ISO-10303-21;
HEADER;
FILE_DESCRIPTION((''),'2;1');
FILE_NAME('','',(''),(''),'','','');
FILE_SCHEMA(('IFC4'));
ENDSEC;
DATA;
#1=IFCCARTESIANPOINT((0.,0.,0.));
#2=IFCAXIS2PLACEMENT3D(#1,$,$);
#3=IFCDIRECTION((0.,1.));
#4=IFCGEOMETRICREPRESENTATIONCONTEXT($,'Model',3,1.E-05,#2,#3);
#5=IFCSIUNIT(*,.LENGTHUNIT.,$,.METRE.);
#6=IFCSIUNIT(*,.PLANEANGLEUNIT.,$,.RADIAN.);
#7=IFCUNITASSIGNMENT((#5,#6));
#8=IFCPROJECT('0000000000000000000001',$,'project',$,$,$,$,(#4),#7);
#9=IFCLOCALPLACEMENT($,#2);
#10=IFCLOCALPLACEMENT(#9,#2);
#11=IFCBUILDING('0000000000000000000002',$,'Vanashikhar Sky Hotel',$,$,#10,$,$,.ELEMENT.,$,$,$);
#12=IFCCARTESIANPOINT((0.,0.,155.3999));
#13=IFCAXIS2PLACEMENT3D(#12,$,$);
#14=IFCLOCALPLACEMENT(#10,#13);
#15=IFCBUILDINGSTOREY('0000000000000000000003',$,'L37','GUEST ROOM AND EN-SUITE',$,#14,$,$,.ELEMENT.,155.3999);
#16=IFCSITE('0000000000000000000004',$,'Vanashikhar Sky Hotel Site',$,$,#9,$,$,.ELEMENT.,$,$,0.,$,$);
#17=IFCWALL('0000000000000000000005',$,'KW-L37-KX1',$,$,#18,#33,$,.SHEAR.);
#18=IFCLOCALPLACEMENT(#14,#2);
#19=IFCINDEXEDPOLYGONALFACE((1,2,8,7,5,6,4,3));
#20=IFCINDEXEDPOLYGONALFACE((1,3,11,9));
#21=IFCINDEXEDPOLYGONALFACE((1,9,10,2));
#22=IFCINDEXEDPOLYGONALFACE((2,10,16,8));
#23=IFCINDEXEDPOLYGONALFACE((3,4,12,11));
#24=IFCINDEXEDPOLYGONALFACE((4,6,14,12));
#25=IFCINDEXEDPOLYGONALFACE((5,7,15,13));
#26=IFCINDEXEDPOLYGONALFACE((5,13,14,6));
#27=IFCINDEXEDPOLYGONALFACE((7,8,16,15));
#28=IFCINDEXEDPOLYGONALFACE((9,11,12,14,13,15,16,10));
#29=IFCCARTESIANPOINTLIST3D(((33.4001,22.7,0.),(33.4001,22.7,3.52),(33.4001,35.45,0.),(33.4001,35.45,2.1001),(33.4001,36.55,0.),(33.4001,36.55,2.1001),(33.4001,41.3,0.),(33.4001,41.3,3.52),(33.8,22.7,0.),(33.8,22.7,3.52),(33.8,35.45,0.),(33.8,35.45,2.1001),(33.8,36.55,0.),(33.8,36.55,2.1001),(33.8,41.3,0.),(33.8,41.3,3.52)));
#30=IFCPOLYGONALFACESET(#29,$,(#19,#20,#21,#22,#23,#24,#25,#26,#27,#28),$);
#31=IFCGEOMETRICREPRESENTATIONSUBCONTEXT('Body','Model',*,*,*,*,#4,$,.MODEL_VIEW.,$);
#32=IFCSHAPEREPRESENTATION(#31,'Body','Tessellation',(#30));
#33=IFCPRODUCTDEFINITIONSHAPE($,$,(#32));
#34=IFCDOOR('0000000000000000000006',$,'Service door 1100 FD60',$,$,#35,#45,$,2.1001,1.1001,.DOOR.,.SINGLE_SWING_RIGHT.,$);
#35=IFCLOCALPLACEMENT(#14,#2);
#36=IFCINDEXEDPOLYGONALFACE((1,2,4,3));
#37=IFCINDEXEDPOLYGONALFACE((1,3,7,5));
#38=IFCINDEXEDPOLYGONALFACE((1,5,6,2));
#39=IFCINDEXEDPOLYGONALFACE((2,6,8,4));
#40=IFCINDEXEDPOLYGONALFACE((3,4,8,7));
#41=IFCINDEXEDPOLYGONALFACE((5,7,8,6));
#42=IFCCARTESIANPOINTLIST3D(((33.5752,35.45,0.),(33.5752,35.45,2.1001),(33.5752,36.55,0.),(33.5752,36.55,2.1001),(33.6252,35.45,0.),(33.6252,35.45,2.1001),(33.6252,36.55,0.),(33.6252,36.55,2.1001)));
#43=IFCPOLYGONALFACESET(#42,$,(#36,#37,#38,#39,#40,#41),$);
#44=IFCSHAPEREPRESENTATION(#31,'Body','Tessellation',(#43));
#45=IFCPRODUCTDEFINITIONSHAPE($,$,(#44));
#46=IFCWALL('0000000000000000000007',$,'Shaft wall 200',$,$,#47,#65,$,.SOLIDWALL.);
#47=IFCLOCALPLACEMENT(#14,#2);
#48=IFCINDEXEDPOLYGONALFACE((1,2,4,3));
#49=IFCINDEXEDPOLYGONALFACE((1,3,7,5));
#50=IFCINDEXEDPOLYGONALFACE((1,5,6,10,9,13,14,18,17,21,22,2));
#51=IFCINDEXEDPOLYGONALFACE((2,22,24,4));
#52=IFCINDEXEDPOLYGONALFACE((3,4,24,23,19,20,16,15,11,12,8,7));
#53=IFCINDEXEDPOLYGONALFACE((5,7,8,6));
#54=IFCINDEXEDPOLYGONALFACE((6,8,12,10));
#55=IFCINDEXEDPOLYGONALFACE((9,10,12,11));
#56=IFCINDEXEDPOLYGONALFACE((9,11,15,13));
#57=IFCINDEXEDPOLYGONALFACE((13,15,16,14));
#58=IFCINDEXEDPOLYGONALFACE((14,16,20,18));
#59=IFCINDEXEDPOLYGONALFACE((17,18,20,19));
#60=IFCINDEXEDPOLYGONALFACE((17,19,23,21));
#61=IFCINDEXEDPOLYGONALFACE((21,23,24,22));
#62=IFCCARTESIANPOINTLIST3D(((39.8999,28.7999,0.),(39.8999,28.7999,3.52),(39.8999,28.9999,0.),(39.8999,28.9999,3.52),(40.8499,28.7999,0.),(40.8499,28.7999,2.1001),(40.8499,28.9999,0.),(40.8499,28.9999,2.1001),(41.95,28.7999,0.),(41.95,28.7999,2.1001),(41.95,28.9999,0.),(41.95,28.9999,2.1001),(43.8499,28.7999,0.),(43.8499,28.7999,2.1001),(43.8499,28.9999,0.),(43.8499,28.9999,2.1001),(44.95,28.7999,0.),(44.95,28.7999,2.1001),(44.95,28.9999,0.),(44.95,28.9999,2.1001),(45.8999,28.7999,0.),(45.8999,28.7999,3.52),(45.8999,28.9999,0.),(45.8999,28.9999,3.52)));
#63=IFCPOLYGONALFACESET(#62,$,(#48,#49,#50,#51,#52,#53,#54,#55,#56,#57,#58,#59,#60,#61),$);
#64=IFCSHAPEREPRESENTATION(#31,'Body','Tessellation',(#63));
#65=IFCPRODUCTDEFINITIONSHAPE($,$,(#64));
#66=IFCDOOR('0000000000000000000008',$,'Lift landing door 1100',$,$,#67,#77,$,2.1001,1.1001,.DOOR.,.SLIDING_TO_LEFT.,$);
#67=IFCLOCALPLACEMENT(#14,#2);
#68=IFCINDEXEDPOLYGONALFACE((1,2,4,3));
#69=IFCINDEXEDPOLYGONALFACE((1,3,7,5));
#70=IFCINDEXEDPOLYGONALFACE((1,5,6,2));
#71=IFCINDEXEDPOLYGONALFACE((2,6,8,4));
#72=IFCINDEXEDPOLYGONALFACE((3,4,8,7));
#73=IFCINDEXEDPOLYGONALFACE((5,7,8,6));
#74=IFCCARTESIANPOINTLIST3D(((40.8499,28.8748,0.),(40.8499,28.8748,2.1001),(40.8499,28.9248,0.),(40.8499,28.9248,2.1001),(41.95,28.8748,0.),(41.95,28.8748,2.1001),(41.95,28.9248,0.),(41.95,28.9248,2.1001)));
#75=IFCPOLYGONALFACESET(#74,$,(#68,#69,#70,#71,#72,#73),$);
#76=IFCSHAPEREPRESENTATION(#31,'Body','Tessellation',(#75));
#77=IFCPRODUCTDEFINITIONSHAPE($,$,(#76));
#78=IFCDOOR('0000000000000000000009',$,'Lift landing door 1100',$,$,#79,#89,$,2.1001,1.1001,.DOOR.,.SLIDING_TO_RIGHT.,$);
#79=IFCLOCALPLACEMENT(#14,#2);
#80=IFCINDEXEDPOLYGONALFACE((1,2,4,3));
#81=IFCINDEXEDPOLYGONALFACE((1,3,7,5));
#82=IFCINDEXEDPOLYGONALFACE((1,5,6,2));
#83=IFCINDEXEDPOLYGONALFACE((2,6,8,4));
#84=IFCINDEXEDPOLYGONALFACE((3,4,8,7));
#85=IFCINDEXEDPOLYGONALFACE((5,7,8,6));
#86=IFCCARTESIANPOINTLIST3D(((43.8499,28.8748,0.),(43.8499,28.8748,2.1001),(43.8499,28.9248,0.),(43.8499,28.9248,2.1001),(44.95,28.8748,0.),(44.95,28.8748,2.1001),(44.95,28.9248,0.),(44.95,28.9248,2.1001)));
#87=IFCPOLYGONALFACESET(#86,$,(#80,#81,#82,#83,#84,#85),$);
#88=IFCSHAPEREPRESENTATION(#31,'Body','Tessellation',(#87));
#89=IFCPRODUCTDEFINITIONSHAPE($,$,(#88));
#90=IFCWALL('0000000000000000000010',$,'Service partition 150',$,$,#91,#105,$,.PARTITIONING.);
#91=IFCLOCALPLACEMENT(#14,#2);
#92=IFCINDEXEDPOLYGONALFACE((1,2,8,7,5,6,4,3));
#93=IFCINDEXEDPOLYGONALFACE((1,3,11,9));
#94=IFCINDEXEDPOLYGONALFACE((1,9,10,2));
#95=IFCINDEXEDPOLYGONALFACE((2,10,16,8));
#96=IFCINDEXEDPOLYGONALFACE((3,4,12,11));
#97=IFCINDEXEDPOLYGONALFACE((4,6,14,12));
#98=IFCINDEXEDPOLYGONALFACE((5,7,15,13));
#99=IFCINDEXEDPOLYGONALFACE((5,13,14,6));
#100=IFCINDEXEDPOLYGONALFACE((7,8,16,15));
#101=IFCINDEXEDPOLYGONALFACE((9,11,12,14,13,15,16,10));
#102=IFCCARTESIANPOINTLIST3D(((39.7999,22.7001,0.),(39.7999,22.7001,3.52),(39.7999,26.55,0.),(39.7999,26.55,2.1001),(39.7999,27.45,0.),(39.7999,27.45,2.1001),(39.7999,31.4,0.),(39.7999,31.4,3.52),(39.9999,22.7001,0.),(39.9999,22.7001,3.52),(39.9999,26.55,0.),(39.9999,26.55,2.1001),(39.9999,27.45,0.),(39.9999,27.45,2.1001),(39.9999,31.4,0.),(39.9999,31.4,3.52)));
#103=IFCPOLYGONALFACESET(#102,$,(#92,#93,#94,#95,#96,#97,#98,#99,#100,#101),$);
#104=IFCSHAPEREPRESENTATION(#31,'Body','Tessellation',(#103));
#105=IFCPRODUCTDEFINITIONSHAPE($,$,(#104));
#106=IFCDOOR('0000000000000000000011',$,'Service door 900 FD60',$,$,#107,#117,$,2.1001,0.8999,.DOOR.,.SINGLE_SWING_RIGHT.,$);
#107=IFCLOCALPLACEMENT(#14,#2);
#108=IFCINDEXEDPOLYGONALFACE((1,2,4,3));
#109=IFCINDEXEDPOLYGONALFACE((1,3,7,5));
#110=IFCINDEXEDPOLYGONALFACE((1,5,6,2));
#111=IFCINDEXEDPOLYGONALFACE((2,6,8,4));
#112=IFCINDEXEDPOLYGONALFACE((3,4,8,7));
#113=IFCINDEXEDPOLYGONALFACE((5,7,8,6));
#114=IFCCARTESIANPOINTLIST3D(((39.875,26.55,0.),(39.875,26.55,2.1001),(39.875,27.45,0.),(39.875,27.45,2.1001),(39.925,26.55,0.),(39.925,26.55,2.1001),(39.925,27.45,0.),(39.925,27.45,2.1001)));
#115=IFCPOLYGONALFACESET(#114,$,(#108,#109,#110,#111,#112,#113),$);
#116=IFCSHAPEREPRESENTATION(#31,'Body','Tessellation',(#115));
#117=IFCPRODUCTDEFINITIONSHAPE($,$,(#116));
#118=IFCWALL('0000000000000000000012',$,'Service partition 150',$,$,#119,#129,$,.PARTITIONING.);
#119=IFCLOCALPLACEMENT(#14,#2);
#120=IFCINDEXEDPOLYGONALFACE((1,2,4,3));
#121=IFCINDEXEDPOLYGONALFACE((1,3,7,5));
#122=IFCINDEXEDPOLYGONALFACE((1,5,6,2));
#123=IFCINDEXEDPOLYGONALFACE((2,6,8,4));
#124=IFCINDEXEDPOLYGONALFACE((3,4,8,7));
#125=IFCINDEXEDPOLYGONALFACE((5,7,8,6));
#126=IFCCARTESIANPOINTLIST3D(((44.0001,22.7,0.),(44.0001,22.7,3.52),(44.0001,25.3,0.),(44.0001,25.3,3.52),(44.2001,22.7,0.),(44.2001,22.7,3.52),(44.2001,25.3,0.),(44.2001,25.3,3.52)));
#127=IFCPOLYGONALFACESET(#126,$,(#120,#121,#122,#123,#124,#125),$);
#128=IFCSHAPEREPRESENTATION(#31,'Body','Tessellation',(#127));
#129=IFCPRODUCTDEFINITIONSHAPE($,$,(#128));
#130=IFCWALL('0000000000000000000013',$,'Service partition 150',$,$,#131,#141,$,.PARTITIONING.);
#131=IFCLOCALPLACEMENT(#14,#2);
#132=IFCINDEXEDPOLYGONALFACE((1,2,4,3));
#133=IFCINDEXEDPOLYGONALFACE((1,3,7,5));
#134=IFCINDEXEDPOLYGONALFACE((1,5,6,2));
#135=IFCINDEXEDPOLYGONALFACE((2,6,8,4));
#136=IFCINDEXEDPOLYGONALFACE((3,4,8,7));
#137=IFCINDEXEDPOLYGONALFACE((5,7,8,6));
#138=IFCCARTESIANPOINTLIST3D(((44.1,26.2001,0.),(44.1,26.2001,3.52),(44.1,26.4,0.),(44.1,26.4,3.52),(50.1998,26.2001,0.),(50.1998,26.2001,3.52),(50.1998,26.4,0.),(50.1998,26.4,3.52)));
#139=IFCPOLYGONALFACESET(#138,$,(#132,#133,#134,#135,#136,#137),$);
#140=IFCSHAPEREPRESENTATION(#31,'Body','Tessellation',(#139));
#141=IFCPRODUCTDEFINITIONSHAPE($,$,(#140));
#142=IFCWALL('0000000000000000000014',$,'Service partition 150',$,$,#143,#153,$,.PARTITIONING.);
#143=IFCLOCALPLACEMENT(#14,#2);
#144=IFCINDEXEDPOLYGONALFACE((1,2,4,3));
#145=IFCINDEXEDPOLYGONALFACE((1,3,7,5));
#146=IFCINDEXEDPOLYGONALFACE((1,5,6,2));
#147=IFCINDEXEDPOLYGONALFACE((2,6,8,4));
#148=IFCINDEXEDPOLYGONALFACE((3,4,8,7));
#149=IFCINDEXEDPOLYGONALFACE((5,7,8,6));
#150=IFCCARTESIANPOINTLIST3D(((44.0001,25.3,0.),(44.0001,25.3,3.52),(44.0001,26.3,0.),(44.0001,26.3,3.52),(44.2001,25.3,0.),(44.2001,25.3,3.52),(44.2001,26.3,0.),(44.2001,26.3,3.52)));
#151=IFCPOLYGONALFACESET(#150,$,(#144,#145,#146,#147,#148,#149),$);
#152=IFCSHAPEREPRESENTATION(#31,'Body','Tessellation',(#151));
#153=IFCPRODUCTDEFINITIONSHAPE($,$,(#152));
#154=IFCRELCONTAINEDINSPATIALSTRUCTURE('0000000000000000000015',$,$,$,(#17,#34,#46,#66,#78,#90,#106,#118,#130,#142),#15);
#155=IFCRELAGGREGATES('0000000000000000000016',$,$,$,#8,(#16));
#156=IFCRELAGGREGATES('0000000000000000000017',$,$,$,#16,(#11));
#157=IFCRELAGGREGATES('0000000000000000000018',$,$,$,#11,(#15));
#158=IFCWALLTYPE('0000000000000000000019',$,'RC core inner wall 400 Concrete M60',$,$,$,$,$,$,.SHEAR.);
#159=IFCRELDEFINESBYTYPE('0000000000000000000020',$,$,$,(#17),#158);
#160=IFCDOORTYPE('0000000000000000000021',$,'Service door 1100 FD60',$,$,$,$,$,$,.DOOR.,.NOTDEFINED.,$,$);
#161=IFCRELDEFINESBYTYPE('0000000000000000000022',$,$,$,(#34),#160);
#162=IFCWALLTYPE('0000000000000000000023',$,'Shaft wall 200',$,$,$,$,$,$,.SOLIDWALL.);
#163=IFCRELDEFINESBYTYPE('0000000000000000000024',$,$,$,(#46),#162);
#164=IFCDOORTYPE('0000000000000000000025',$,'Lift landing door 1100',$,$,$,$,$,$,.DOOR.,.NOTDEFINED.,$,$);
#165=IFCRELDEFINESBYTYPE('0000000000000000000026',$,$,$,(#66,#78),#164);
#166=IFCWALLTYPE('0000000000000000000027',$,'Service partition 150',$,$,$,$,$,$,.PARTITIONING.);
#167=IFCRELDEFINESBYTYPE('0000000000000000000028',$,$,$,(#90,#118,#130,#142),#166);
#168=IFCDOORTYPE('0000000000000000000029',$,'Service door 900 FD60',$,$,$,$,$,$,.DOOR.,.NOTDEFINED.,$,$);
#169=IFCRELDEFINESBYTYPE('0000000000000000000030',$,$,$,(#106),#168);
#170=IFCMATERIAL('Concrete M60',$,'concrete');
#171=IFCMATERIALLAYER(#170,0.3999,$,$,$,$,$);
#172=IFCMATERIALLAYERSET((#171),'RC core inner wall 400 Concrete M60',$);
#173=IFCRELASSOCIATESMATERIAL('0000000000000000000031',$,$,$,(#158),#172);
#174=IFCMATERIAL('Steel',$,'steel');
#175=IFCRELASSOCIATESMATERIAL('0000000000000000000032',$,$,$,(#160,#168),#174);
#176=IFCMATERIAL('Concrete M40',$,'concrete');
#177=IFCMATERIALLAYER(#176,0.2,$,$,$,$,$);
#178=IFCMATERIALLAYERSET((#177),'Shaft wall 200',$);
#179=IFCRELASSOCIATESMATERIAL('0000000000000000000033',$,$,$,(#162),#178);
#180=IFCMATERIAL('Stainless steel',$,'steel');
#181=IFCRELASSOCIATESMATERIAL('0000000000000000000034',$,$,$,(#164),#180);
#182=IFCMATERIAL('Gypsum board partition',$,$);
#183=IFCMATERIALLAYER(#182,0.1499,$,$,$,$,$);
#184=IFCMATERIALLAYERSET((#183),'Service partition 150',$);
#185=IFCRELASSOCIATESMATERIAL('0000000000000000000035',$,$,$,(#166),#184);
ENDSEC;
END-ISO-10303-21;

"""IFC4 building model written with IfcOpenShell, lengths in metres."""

from ifc_helpers import new_model, si_unit, direction, frame, frame_2d, origin, place, context, subcontext, project, spatial, rectangle, extrude, source, transform, mapped, material, layer, layer_set, type_object, element, fill, save


model = new_model("IFC4")

# Units and contexts
model_context = context("Model", 3, precision=1e-05, world=origin(), true_north=direction((0.0, 1.0)))
body_context = subcontext(model_context, "Body", "Model", "MODEL_VIEW")
ifc_project = project(units=[si_unit("LENGTHUNIT", "METRE"), si_unit("PLANEANGLEUNIT", "RADIAN")], contexts=[model_context])

# Site, building, storey
site_placement = place(None, origin())
site = spatial("IfcSite", under=ifc_project, at=site_placement, Name="Vanashikhar Sky Hotel Site", CompositionType="ELEMENT", RefElevation=0.0)
building_placement = place(site_placement, origin())
building = spatial("IfcBuilding", under=site, at=building_placement, Name="Vanashikhar Sky Hotel", CompositionType="ELEMENT")
storey_placement = place(building_placement, frame((0.0, 0.0, 155.3999)))
storey = spatial("IfcBuildingStorey", under=building, at=storey_placement, Name="L37", Description="GUEST ROOM AND EN-SUITE", CompositionType="ELEMENT", Elevation=155.3999)

# Wall, opening, door
ifc_material_1 = material(Name="Concrete M60", Category="concrete")
ifc_layer_1 = layer(ifc_material_1, 0.3999)
ifc_layer_set_1 = layer_set([ifc_layer_1], Name="RC core inner wall 400 Concrete M60")
wall_type_1 = type_object("IfcWallType", Name="RC core inner wall 400 Concrete M60", PredefinedType="SHEAR", material=ifc_layer_set_1)
shared_shape_1 = source(origin(), body_context, "Body", "SweptSolid", [
    extrude(rectangle(XDim=18.6001, YDim=0.3999, at=frame_2d((9.3, 0.0))), origin(), (0.0, 0.0, 1.0), 3.52),
])
wall_1_placement = place(storey_placement, frame((33.6001, 22.7, 0.0), z_axis=(0.0, 0.0, 1.0), x_axis=(0.0, 1.0, 0.0)))
wall_1 = element("IfcWall", 1, at=wall_1_placement, inside=storey, type_object=wall_type_1, Name="KW-L37-KX1", PredefinedType="SHEAR", context=body_context, shape_type="MappedRepresentation", body=[
    mapped(shared_shape_1, transform((0.0, 0.0, 0.0), scale=1.0)),
])
shared_shape_2 = source(origin(), body_context, "Body", "SweptSolid", [
    extrude(rectangle(XDim=1.1001, YDim=2.1001, at=frame_2d((0.55, 1.05))), frame((0.0, 0.21, 0.0), z_axis=(0.0, -1.0, 0.0), x_axis=(1.0, 0.0, 0.0)), (0.0, 0.0, 1.0), 0.4199),
])
opening_1_placement = place(wall_1_placement, frame((12.75, 0.0, 0.0)))
opening_1 = element("IfcOpeningElement", 2, at=opening_1_placement, cuts=wall_1, PredefinedType="OPENING", context=body_context, shape_type="MappedRepresentation", body=[
    mapped(shared_shape_2, transform((0.0, 0.0, 0.0), scale=1.0)),
])
ifc_material_2 = material(Name="Steel", Category="steel")
door_type_1 = type_object("IfcDoorType", Name="Service door 1100 FD60", OperationType="NOTDEFINED", PredefinedType="DOOR", material=ifc_material_2)
shared_shape_3 = source(origin(), body_context, "Body", "SweptSolid", [
    extrude(rectangle(XDim=1.1001, YDim=2.1001, at=frame_2d((0.55, 1.05))), frame((0.0, 0.0249, 0.0), z_axis=(0.0, -1.0, 0.0), x_axis=(1.0, 0.0, 0.0)), (0.0, 0.0, 1.0), 0.05),
])
door_1_placement = place(opening_1_placement, origin())
door_1 = element("IfcDoor", 3, at=door_1_placement, inside=storey, type_object=door_type_1, Name="Service door 1100 FD60", OperationType="SINGLE_SWING_RIGHT", OverallHeight=2.1001, OverallWidth=1.1001, PredefinedType="DOOR", context=body_context, shape_type="MappedRepresentation", body=[
    mapped(shared_shape_3, transform((0.0, 0.0, 0.0), scale=1.0)),
])
fill(opening_1, door_1)

# Wall, openings, doors
ifc_material_3 = material(Name="Concrete M40", Category="concrete")
ifc_layer_2 = layer(ifc_material_3, 0.2)
ifc_layer_set_2 = layer_set([ifc_layer_2], Name="Shaft wall 200")
wall_type_2 = type_object("IfcWallType", Name="Shaft wall 200", PredefinedType="SOLIDWALL", material=ifc_layer_set_2)
shared_shape_4 = source(origin(), body_context, "Body", "SweptSolid", [
    extrude(rectangle(XDim=6.0, YDim=0.2, at=frame_2d((3.0, 0.0))), origin(), (0.0, 0.0, 1.0), 3.52),
])
wall_2_placement = place(storey_placement, frame((39.8999, 28.8999, 0.0), z_axis=(0.0, 0.0, 1.0), x_axis=(1.0, 0.0, 0.0)))
wall_2 = element("IfcWall", 4, at=wall_2_placement, inside=storey, type_object=wall_type_2, Name="Shaft wall 200", PredefinedType="SOLIDWALL", context=body_context, shape_type="MappedRepresentation", body=[
    mapped(shared_shape_4, transform((0.0, 0.0, 0.0), scale=1.0)),
])
shared_shape_5 = source(origin(), body_context, "Body", "SweptSolid", [
    extrude(rectangle(XDim=1.1001, YDim=2.1001, at=frame_2d((0.55, 1.05))), frame((0.0, 0.1099, 0.0), z_axis=(0.0, -1.0, 0.0), x_axis=(1.0, 0.0, 0.0)), (0.0, 0.0, 1.0), 0.22),
])
opening_2_placement = place(wall_2_placement, frame((0.95, 0.0, 0.0)))
opening_2 = element("IfcOpeningElement", 5, at=opening_2_placement, cuts=wall_2, PredefinedType="OPENING", context=body_context, shape_type="MappedRepresentation", body=[
    mapped(shared_shape_5, transform((0.0, 0.0, 0.0), scale=1.0)),
])
opening_3_placement = place(wall_2_placement, frame((3.95, 0.0, 0.0)))
opening_3 = element("IfcOpeningElement", 6, at=opening_3_placement, cuts=wall_2, PredefinedType="OPENING", context=body_context, shape_type="MappedRepresentation", body=[
    mapped(shared_shape_5, transform((0.0, 0.0, 0.0), scale=1.0)),
])
ifc_material_4 = material(Name="Stainless steel", Category="steel")
door_type_2 = type_object("IfcDoorType", Name="Lift landing door 1100", OperationType="NOTDEFINED", PredefinedType="DOOR", material=ifc_material_4)
door_2_placement = place(opening_2_placement, origin())
door_2 = element("IfcDoor", 7, at=door_2_placement, inside=storey, type_object=door_type_2, Name="Lift landing door 1100", OperationType="SLIDING_TO_LEFT", OverallHeight=2.1001, OverallWidth=1.1001, PredefinedType="DOOR", context=body_context, shape_type="MappedRepresentation", body=[
    mapped(shared_shape_3, transform((0.0, 0.0, 0.0), scale=1.0)),
])
fill(opening_2, door_2)
door_3_placement = place(opening_3_placement, origin())
door_3 = element("IfcDoor", 8, at=door_3_placement, inside=storey, type_object=door_type_2, Name="Lift landing door 1100", OperationType="SLIDING_TO_RIGHT", OverallHeight=2.1001, OverallWidth=1.1001, PredefinedType="DOOR", context=body_context, shape_type="MappedRepresentation", body=[
    mapped(shared_shape_3, transform((0.0, 0.0, 0.0), scale=1.0)),
])
fill(opening_3, door_3)

# Wall, opening, door
ifc_material_5 = material(Name="Gypsum board partition")
ifc_layer_3 = layer(ifc_material_5, 0.1499)
ifc_layer_set_3 = layer_set([ifc_layer_3], Name="Service partition 150")
wall_type_3 = type_object("IfcWallType", Name="Service partition 150", PredefinedType="PARTITIONING", material=ifc_layer_set_3)
shared_shape_6 = source(origin(), body_context, "Body", "SweptSolid", [
    extrude(rectangle(XDim=8.7, YDim=0.2, at=frame_2d((4.3501, 0.0))), origin(), (0.0, 0.0, 1.0), 3.52),
])
wall_3_placement = place(storey_placement, frame((39.8999, 22.7, 0.0), z_axis=(0.0, 0.0, 1.0), x_axis=(0.0, 1.0, 0.0)))
wall_3 = element("IfcWall", 9, at=wall_3_placement, inside=storey, type_object=wall_type_3, Name="Service partition 150", PredefinedType="PARTITIONING", context=body_context, shape_type="MappedRepresentation", body=[
    mapped(shared_shape_6, transform((0.0, 0.0, 0.0), scale=1.0)),
])
shared_shape_7 = source(origin(), body_context, "Body", "SweptSolid", [
    extrude(rectangle(XDim=0.8999, YDim=2.1001, at=frame_2d((0.45, 1.05))), frame((0.0, 0.1099, 0.0), z_axis=(0.0, -1.0, 0.0), x_axis=(1.0, 0.0, 0.0)), (0.0, 0.0, 1.0), 0.22),
])
opening_4_placement = place(wall_3_placement, frame((3.8501, 0.0, 0.0)))
opening_4 = element("IfcOpeningElement", 10, at=opening_4_placement, cuts=wall_3, PredefinedType="OPENING", context=body_context, shape_type="MappedRepresentation", body=[
    mapped(shared_shape_7, transform((0.0, 0.0, 0.0), scale=1.0)),
])
door_type_3 = type_object("IfcDoorType", Name="Service door 900 FD60", OperationType="NOTDEFINED", PredefinedType="DOOR", material=ifc_material_2)
shared_shape_8 = source(origin(), body_context, "Body", "SweptSolid", [
    extrude(rectangle(XDim=0.8999, YDim=2.1001, at=frame_2d((0.45, 1.05))), frame((0.0, 0.0249, 0.0), z_axis=(0.0, -1.0, 0.0), x_axis=(1.0, 0.0, 0.0)), (0.0, 0.0, 1.0), 0.05),
])
door_4_placement = place(opening_4_placement, origin())
door_4 = element("IfcDoor", 11, at=door_4_placement, inside=storey, type_object=door_type_3, Name="Service door 900 FD60", OperationType="SINGLE_SWING_RIGHT", OverallHeight=2.1001, OverallWidth=0.8999, PredefinedType="DOOR", context=body_context, shape_type="MappedRepresentation", body=[
    mapped(shared_shape_8, transform((0.0, 0.0, 0.0), scale=1.0)),
])
fill(opening_4, door_4)

# Walls
shared_shape_9 = source(origin(), body_context, "Body", "SweptSolid", [
    extrude(rectangle(XDim=2.6001, YDim=0.2, at=frame_2d((1.3, 0.0))), origin(), (0.0, 0.0, 1.0), 3.52),
])
wall_4_placement = place(storey_placement, frame((44.1001, 22.7, 0.0), z_axis=(0.0, 0.0, 1.0), x_axis=(0.0, 1.0, 0.0)))
element("IfcWall", 12, at=wall_4_placement, inside=storey, type_object=wall_type_3, Name="Service partition 150", PredefinedType="PARTITIONING", context=body_context, shape_type="MappedRepresentation", body=[
    mapped(shared_shape_9, transform((0.0, 0.0, 0.0), scale=1.0)),
])
shared_shape_10 = source(origin(), body_context, "Body", "SweptSolid", [
    extrude(rectangle(XDim=6.0999, YDim=0.2, at=frame_2d((3.0498, 0.0))), origin(), (0.0, 0.0, 1.0), 3.52),
])
wall_5_placement = place(storey_placement, frame((44.1001, 26.3, 0.0), z_axis=(0.0, 0.0, 1.0), x_axis=(1.0, 0.0, 0.0)))
element("IfcWall", 13, at=wall_5_placement, inside=storey, type_object=wall_type_3, Name="Service partition 150", PredefinedType="PARTITIONING", context=body_context, shape_type="MappedRepresentation", body=[
    mapped(shared_shape_10, transform((0.0, 0.0, 0.0), scale=1.0)),
])
shared_shape_11 = source(origin(), body_context, "Body", "SweptSolid", [
    extrude(rectangle(XDim=1.0, YDim=0.2, at=frame_2d((0.5, 0.0))), origin(), (0.0, 0.0, 1.0), 3.52),
])
wall_6_placement = place(storey_placement, frame((44.1001, 25.3, 0.0), z_axis=(0.0, 0.0, 1.0), x_axis=(0.0, 1.0, 0.0)))
element("IfcWall", 14, at=wall_6_placement, inside=storey, type_object=wall_type_3, Name="Service partition 150", PredefinedType="PARTITIONING", context=body_context, shape_type="MappedRepresentation", body=[
    mapped(shared_shape_11, transform((0.0, 0.0, 0.0), scale=1.0)),
])

save(model, "model.ifc")
